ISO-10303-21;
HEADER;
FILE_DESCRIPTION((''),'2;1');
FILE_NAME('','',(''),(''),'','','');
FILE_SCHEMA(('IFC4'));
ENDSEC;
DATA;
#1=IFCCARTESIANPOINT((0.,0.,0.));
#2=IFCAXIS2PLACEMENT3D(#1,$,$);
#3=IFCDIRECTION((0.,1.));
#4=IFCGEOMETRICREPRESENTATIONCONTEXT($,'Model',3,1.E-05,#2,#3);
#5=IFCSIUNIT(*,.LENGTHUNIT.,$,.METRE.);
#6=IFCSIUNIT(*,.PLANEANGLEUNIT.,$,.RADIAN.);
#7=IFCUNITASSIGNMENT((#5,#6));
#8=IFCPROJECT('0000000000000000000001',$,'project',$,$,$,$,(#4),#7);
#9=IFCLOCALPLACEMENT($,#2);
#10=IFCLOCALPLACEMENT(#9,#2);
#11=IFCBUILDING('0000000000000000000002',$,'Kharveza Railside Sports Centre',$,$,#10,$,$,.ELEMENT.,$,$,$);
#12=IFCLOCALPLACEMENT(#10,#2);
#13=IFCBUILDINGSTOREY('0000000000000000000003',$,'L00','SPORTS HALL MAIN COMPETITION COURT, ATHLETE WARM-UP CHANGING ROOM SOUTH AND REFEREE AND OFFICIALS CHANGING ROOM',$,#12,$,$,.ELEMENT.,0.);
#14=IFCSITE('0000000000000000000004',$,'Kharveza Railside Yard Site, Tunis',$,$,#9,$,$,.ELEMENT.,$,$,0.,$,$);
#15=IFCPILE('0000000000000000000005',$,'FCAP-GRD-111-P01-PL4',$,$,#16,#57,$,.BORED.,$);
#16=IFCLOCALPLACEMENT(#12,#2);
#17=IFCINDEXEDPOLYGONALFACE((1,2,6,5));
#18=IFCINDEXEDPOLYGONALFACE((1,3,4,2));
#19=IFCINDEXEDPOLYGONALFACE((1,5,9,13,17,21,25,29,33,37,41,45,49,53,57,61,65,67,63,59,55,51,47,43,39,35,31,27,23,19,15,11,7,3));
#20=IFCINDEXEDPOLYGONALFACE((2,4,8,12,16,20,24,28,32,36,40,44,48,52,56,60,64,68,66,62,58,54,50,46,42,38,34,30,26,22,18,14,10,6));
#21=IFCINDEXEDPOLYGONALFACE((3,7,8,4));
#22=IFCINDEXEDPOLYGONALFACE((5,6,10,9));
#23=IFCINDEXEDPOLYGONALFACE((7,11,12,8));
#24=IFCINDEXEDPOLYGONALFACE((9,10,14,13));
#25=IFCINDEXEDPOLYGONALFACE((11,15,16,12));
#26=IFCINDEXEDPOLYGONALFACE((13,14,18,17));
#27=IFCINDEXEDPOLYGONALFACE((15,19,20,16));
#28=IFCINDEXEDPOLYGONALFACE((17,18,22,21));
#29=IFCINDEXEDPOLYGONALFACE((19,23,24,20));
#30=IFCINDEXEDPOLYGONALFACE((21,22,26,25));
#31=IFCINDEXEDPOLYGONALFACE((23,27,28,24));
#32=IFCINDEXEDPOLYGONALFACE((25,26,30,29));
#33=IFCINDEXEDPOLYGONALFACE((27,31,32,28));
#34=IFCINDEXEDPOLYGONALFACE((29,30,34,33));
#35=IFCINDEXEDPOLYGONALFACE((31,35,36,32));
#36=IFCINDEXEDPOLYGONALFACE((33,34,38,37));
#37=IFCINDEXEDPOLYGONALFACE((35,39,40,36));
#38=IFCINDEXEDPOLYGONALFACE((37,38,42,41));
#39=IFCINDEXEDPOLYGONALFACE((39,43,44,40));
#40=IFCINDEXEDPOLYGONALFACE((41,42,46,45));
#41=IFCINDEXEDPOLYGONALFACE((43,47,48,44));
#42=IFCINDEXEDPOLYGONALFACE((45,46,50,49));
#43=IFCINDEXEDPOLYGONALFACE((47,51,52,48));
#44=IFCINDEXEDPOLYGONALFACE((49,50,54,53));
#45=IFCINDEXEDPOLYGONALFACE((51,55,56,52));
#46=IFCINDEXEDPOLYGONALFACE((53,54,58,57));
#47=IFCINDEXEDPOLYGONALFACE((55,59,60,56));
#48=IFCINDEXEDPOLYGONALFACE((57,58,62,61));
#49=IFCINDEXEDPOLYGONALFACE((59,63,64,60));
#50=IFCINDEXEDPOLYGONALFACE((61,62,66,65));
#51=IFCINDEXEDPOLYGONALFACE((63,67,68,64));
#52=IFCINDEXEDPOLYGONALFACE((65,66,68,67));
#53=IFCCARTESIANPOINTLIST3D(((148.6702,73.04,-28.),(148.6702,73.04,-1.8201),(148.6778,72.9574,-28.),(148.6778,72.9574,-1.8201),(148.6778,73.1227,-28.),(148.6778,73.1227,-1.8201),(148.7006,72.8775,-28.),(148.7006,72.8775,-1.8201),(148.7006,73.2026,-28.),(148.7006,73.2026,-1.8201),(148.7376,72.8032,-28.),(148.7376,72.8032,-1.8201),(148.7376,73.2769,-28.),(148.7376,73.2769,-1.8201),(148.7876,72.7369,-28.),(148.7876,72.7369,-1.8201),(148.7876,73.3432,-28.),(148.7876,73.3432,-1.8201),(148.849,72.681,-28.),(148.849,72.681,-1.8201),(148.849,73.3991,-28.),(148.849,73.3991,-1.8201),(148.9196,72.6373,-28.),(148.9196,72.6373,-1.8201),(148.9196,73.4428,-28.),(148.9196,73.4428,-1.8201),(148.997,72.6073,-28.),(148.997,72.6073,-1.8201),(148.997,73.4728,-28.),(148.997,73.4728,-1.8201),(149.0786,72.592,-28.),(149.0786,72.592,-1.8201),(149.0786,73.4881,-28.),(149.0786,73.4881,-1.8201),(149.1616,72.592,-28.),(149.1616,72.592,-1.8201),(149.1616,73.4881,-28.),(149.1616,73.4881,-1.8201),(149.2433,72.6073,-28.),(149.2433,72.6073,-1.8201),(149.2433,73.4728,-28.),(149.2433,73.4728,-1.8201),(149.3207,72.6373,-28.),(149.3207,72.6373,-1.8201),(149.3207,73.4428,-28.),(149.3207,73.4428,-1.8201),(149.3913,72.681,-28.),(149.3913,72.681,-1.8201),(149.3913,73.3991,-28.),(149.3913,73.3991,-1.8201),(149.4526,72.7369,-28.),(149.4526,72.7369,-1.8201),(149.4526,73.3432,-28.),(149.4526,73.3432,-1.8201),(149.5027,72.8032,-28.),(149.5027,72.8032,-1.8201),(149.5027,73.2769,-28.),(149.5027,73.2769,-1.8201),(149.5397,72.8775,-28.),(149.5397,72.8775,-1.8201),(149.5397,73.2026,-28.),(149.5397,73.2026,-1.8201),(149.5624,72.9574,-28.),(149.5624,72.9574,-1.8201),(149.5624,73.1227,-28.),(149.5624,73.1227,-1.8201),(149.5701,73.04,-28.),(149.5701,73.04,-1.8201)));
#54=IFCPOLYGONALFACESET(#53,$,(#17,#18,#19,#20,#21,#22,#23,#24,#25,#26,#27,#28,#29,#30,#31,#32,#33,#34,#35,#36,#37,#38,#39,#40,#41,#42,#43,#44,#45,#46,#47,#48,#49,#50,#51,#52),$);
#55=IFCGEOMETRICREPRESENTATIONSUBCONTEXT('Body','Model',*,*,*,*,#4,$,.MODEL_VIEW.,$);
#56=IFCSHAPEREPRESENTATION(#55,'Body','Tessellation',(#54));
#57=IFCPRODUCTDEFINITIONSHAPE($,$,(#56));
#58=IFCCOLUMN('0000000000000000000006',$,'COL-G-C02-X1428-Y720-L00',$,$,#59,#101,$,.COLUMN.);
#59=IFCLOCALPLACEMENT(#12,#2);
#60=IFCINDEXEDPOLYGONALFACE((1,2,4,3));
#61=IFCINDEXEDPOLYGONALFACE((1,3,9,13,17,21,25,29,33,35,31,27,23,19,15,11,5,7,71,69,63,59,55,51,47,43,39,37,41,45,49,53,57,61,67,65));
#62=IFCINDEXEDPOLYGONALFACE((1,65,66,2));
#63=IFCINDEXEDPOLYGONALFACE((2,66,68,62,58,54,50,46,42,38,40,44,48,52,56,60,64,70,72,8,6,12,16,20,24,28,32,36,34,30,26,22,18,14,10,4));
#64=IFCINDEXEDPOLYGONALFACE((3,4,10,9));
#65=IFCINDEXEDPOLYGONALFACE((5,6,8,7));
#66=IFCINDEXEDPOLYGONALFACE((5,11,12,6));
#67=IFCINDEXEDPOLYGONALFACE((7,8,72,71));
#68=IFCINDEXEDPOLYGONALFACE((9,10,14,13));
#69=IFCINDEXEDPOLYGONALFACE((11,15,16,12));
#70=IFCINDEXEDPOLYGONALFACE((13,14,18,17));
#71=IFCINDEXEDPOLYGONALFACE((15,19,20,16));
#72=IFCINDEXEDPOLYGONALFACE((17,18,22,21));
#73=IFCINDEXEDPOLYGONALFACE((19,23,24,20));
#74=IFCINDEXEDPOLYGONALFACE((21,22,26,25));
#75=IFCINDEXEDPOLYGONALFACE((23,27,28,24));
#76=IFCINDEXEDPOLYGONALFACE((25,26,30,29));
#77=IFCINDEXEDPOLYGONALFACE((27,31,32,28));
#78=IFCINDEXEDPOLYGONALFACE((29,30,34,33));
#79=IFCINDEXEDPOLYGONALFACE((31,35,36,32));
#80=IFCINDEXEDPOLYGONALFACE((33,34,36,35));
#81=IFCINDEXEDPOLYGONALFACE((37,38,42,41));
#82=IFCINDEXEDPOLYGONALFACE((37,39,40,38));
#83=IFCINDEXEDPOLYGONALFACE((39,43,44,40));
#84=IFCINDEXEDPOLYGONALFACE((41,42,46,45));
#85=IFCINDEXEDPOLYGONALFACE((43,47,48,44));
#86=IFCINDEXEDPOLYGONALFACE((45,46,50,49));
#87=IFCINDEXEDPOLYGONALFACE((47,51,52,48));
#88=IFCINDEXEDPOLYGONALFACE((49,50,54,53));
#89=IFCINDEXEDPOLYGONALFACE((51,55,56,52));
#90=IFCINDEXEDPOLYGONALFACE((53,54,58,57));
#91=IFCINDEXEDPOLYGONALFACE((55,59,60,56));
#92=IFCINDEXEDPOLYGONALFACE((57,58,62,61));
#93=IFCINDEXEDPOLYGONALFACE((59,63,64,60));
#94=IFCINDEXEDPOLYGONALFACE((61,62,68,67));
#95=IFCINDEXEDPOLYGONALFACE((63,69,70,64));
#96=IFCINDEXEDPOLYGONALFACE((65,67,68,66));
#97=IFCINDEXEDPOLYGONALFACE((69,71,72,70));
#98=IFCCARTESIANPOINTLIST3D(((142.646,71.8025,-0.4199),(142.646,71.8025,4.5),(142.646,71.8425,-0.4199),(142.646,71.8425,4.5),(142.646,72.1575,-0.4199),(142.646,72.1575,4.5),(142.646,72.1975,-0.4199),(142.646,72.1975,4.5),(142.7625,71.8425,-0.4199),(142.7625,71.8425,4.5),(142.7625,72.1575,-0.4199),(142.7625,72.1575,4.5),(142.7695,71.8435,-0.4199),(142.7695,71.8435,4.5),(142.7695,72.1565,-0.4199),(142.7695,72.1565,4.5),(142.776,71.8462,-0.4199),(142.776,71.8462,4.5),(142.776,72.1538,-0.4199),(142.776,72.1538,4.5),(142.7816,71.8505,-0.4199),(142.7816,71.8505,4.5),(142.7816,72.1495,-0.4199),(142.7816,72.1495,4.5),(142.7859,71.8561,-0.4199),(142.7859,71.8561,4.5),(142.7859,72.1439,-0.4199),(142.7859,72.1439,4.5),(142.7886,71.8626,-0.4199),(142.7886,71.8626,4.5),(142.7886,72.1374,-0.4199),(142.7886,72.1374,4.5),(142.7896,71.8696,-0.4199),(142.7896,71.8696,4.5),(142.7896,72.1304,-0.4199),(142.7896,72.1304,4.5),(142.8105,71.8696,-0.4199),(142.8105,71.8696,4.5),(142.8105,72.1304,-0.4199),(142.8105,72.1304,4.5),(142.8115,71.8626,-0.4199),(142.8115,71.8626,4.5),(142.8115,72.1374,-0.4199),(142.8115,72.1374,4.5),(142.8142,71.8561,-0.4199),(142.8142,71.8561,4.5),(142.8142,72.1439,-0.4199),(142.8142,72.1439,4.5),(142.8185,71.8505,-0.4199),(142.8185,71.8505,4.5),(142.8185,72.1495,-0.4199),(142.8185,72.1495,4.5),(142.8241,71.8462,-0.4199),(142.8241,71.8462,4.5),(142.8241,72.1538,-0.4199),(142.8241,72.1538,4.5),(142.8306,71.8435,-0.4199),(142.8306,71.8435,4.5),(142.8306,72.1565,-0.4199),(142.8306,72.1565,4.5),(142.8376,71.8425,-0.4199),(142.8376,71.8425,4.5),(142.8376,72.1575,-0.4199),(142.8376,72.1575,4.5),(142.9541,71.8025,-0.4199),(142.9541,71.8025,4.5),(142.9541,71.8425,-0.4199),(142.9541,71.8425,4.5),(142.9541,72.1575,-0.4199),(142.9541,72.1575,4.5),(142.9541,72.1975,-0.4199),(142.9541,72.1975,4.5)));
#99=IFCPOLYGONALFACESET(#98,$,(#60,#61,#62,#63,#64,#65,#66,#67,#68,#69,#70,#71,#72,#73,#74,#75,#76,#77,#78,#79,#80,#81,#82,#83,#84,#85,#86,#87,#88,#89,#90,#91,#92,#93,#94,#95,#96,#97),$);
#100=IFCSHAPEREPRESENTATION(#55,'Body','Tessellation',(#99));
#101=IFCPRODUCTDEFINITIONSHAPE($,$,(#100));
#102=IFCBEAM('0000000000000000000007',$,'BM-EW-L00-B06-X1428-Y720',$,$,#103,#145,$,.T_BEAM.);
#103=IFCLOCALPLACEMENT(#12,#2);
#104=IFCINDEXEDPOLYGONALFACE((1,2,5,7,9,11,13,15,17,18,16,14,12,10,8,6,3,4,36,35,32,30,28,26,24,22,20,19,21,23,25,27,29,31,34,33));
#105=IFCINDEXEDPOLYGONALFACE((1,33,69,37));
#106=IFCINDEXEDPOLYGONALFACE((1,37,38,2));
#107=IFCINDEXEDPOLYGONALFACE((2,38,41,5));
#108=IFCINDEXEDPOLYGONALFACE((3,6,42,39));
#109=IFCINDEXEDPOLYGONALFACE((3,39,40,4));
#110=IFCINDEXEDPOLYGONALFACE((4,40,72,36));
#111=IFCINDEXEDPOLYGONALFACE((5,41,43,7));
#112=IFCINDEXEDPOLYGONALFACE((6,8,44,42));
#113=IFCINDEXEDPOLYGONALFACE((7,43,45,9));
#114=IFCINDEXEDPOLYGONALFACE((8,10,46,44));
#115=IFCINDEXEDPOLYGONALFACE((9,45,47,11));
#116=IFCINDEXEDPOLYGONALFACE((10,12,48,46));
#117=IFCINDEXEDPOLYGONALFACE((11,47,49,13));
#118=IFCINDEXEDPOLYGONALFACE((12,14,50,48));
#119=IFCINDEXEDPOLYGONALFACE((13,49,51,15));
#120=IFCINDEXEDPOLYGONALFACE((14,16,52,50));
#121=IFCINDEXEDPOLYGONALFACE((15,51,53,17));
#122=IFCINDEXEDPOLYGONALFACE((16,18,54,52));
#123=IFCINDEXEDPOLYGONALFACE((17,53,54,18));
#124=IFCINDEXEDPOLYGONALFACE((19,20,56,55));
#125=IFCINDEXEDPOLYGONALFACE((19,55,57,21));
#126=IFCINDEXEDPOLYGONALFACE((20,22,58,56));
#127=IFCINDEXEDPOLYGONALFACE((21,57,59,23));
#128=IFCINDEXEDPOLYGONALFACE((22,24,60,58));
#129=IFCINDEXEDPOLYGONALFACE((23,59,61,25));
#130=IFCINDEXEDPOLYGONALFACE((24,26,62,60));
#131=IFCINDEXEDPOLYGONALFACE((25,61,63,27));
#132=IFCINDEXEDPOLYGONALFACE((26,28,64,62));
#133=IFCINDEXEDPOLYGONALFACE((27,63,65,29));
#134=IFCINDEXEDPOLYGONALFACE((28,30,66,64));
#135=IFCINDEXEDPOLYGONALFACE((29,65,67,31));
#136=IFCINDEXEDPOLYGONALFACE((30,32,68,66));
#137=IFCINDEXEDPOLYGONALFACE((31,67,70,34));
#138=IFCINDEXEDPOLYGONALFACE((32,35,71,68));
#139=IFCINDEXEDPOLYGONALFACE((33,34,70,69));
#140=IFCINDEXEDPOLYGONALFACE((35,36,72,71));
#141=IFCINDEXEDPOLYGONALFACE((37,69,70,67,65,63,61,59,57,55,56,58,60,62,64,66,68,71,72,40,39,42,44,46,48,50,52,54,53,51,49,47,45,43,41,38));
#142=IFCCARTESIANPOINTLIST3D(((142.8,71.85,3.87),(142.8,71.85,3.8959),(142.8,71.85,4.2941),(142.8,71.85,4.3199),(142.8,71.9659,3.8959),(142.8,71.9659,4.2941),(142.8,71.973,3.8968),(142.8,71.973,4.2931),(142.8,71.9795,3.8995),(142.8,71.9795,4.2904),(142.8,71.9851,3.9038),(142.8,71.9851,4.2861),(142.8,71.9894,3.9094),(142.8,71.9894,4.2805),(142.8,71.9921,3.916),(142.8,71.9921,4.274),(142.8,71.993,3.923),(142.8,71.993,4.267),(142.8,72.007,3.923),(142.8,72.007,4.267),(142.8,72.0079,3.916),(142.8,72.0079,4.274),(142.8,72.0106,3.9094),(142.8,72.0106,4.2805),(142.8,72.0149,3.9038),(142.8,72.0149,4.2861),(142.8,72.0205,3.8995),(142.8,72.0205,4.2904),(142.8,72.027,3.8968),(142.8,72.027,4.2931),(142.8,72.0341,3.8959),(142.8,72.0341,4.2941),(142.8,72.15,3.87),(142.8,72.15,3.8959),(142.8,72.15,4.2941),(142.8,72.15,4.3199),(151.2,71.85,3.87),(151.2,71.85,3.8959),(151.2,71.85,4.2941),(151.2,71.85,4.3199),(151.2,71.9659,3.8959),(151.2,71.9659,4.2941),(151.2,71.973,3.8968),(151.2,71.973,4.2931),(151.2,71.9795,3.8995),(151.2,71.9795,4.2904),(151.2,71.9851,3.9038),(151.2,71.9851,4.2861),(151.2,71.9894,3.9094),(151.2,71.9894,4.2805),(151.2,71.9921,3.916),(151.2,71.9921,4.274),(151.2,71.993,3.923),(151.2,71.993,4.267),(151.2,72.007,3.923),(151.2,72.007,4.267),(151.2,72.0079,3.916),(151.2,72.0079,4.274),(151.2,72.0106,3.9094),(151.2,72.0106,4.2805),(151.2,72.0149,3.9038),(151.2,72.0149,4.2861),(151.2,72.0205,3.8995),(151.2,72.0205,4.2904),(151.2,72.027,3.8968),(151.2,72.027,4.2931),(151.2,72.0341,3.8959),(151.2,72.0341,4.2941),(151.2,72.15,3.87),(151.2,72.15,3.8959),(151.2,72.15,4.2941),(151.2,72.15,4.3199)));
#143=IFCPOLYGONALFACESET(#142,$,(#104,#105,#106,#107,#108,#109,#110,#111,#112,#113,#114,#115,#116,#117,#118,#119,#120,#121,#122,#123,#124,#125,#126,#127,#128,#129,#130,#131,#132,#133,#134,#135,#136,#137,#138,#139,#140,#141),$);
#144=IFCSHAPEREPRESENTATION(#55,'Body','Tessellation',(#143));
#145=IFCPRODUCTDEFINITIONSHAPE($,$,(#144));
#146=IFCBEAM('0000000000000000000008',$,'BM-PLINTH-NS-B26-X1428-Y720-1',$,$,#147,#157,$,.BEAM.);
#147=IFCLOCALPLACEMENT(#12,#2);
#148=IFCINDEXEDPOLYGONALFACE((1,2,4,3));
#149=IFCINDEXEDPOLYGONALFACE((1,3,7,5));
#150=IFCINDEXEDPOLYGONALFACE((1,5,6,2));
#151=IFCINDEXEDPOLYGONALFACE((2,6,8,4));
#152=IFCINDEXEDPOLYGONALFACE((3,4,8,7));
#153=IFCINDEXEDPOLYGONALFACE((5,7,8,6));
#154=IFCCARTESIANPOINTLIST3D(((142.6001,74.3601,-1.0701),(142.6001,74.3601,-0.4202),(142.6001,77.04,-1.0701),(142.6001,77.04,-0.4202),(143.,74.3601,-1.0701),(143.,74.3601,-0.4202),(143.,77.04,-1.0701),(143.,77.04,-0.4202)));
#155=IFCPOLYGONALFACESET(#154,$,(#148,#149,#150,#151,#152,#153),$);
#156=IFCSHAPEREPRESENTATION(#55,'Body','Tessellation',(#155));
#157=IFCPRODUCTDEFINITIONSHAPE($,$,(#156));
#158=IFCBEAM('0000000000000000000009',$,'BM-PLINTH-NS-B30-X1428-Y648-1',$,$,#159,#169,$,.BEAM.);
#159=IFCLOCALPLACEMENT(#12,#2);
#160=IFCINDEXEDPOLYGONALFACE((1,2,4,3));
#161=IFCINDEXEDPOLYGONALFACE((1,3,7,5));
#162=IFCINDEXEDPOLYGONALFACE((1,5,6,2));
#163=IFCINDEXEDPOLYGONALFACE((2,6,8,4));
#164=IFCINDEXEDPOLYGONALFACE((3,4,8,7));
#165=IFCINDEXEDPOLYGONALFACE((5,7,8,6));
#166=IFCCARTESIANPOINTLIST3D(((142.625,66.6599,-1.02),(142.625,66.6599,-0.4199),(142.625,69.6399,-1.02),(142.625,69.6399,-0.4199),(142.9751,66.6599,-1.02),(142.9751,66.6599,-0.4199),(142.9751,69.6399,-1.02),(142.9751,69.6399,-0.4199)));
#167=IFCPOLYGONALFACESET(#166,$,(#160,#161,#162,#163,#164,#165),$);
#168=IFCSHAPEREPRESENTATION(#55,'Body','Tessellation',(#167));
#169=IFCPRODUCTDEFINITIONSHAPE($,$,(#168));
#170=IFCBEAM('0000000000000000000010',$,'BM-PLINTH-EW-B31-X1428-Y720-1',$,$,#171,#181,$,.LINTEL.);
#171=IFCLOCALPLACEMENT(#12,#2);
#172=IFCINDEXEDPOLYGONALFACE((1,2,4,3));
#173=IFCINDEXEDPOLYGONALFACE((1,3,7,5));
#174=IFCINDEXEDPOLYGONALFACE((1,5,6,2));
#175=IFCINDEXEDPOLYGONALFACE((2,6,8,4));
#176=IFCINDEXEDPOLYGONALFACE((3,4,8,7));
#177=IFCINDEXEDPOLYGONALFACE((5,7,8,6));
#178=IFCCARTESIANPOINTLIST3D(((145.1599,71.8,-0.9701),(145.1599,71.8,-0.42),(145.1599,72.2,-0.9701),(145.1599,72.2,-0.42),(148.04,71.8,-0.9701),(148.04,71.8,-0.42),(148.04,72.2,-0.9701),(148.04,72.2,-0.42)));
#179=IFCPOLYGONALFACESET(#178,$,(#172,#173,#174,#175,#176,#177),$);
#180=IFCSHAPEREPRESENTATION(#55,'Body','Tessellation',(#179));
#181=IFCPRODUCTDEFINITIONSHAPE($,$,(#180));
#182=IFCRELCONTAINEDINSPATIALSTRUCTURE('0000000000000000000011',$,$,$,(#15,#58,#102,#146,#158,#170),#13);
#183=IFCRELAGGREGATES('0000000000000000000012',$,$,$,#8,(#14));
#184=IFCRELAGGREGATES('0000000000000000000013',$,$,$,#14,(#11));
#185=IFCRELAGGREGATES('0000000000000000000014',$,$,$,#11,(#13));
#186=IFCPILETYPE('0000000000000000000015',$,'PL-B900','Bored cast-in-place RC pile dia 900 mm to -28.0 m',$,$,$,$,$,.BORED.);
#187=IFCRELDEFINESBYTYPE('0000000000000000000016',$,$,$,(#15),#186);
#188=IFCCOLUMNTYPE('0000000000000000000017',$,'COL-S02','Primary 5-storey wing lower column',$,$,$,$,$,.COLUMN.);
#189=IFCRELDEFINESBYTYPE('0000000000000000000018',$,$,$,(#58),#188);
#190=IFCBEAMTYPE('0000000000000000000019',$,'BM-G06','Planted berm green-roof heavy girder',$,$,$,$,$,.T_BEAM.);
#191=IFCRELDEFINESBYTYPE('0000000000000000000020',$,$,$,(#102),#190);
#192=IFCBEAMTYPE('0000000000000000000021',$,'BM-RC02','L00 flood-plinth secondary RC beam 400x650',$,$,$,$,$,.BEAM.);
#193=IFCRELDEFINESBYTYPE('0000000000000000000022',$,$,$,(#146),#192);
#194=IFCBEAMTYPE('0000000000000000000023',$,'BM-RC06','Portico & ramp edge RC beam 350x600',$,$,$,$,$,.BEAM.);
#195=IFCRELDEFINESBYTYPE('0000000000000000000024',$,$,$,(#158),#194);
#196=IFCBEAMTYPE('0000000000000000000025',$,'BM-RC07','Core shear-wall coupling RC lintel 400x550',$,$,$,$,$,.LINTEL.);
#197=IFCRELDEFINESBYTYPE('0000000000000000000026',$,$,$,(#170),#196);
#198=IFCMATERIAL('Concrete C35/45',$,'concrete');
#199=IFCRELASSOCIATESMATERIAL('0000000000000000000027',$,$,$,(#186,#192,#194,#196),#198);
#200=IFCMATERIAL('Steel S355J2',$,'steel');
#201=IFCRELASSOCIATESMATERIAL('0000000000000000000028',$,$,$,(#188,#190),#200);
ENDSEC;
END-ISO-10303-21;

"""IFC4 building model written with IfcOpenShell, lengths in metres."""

from ifc_helpers import new_model, si_unit, direction, frame, origin, origin_2d, place, context, subcontext, project, spatial, rectangle, circle, i_section, extrude, material, material_profile, profile_set, type_object, element, save


model = new_model("IFC4")

# Units and contexts
model_context = context("Model", 3, precision=1e-05, world=origin(), true_north=direction((0.0, 1.0)))
body_context = subcontext(model_context, "Body", "Model", "MODEL_VIEW")
ifc_project = project(units=[si_unit("LENGTHUNIT", "METRE"), si_unit("PLANEANGLEUNIT", "RADIAN")], contexts=[model_context])

# Site, building, storey
site_placement = place(None, origin())
site = spatial("IfcSite", under=ifc_project, at=site_placement, Name="Kharveza Railside Yard Site, Tunis", CompositionType="ELEMENT", RefElevation=0.0)
building_placement = place(site_placement, origin())
building = spatial("IfcBuilding", under=site, at=building_placement, Name="Kharveza Railside Sports Centre", CompositionType="ELEMENT")
storey_placement = place(building_placement, origin())
storey = spatial("IfcBuildingStorey", under=building, at=storey_placement, Name="L00", Description="SPORTS HALL MAIN COMPETITION COURT, ATHLETE WARM-UP CHANGING ROOM SOUTH AND REFEREE AND OFFICIALS CHANGING ROOM", CompositionType="ELEMENT", Elevation=0.0)

# Shared definitions
ifc_material_1 = material(Name="Concrete C35/45", Category="concrete")

# Pile
ifc_material_profile_1 = material_profile(ifc_material_1, circle(Radius=0.45, at=origin_2d()), Name="PILE D900")
ifc_profile_set_1 = profile_set([ifc_material_profile_1], Name="Concrete C35/45")
pile_type_1 = type_object("IfcPileType", Name="PL-B900", Description="Bored cast-in-place RC pile dia 900 mm to -28.0 m", PredefinedType="BORED", material=ifc_profile_set_1)
for number, where, z_axis, x_axis, name in (
    (1, (149.1201, 73.04, -1.8201), (0.0, 0.0, -1.0), (1.0, 0.0, 0.0), "FCAP-GRD-111-P01-PL4"),
):
    element("IfcPile", number, at=place(storey_placement, frame(where, z_axis=z_axis, x_axis=x_axis)), inside=storey, type_object=pile_type_1, Name=name, PredefinedType="BORED", context=body_context, shape_type="SweptSolid", body=[
        extrude(circle(Radius=0.45, at=origin_2d()), origin(), (0.0, 0.0, 1.0), 26.1799),
    ])

# Column
ifc_material_2 = material(Name="Steel S355J2", Category="steel")
ifc_material_profile_2 = material_profile(ifc_material_2, i_section(OverallWidth=0.3081, OverallDepth=0.395, WebThickness=0.021, FlangeThickness=0.04, FilletRadius=0.0271, at=origin_2d()), Name="HEM 360")
ifc_profile_set_2 = profile_set([ifc_material_profile_2], Name="Steel S355J2")
column_type = type_object("IfcColumnType", Name="COL-S02", Description="Primary 5-storey wing lower column", PredefinedType="COLUMN", material=ifc_profile_set_2)
column_placement = place(storey_placement, frame((142.8, 72.0, -0.4199), z_axis=(0.0, 0.0, 1.0), x_axis=(1.0, 0.0, 0.0)))
element("IfcColumn", 2, at=column_placement, inside=storey, type_object=column_type, Name="COL-G-C02-X1428-Y720-L00", PredefinedType="COLUMN", context=body_context, shape_type="SweptSolid", body=[
    extrude(i_section(OverallWidth=0.3081, OverallDepth=0.395, WebThickness=0.021, FlangeThickness=0.04, FilletRadius=0.0271, at=origin_2d()), origin(), (0.0, 0.0, 1.0), 4.9199),
])

# Beams
ifc_material_profile_3 = material_profile(ifc_material_2, i_section(OverallWidth=0.3, OverallDepth=0.45, WebThickness=0.0139, FlangeThickness=0.0259, FilletRadius=0.0271, at=origin_2d()), Name="HEB 450")
ifc_profile_set_3 = profile_set([ifc_material_profile_3], Name="Steel S355J2")
beam_type_1 = type_object("IfcBeamType", Name="BM-G06", Description="Planted berm green-roof heavy girder", PredefinedType="T_BEAM", material=ifc_profile_set_3)
beam_1_placement = place(storey_placement, frame((142.8, 72.0, 4.095), z_axis=(1.0, 0.0, 0.0), x_axis=(0.0, 1.0, 0.0)))
element("IfcBeam", 3, at=beam_1_placement, inside=storey, type_object=beam_type_1, Name="BM-EW-L00-B06-X1428-Y720", PredefinedType="T_BEAM", context=body_context, shape_type="SweptSolid", body=[
    extrude(i_section(OverallWidth=0.3, OverallDepth=0.45, WebThickness=0.0139, FlangeThickness=0.0259, FilletRadius=0.0271, at=origin_2d()), origin(), (0.0, 0.0, 1.0), 8.3999),
])
ifc_material_profile_4 = material_profile(ifc_material_1, rectangle(XDim=0.3999, YDim=0.6499, at=origin_2d()), Name="RCB 400x650")
ifc_profile_set_4 = profile_set([ifc_material_profile_4], Name="Concrete C35/45")
beam_type_2 = type_object("IfcBeamType", Name="BM-RC02", Description="L00 flood-plinth secondary RC beam 400x650", PredefinedType="BEAM", material=ifc_profile_set_4)
beam_2_placement = place(storey_placement, frame((142.8, 74.3601, -0.7451), z_axis=(0.0, 1.0, 0.0), x_axis=(-1.0, 0.0, 0.0)))
element("IfcBeam", 4, at=beam_2_placement, inside=storey, type_object=beam_type_2, Name="BM-PLINTH-NS-B26-X1428-Y720-1", PredefinedType="BEAM", context=body_context, shape_type="SweptSolid", body=[
    extrude(rectangle(XDim=0.3999, YDim=0.6499, at=origin_2d()), origin(), (0.0, 0.0, 1.0), 2.6799),
])
ifc_material_profile_5 = material_profile(ifc_material_1, rectangle(XDim=0.3501, YDim=0.6001, at=origin_2d()), Name="RCB 350x600")
ifc_profile_set_5 = profile_set([ifc_material_profile_5], Name="Concrete C35/45")
beam_type_3 = type_object("IfcBeamType", Name="BM-RC06", Description="Portico & ramp edge RC beam 350x600", PredefinedType="BEAM", material=ifc_profile_set_5)
beam_3_placement = place(storey_placement, frame((142.8, 66.6599, -0.72), z_axis=(0.0, 1.0, 0.0), x_axis=(-1.0, 0.0, 0.0)))
element("IfcBeam", 5, at=beam_3_placement, inside=storey, type_object=beam_type_3, Name="BM-PLINTH-NS-B30-X1428-Y648-1", PredefinedType="BEAM", context=body_context, shape_type="SweptSolid", body=[
    extrude(rectangle(XDim=0.3501, YDim=0.6001, at=origin_2d()), origin(), (0.0, 0.0, 1.0), 2.98),
])
ifc_material_profile_6 = material_profile(ifc_material_1, rectangle(XDim=0.3999, YDim=0.55, at=origin_2d()), Name="RCB 400x550")
ifc_profile_set_6 = profile_set([ifc_material_profile_6], Name="Concrete C35/45")
beam_type_4 = type_object("IfcBeamType", Name="BM-RC07", Description="Core shear-wall coupling RC lintel 400x550", PredefinedType="LINTEL", material=ifc_profile_set_6)
beam_4_placement = place(storey_placement, frame((145.1599, 72.0, -0.6951), z_axis=(1.0, 0.0, 0.0), x_axis=(0.0, 1.0, 0.0)))
element("IfcBeam", 6, at=beam_4_placement, inside=storey, type_object=beam_type_4, Name="BM-PLINTH-EW-B31-X1428-Y720-1", PredefinedType="LINTEL", context=body_context, shape_type="SweptSolid", body=[
    extrude(rectangle(XDim=0.3999, YDim=0.55, at=origin_2d()), origin(), (0.0, 0.0, 1.0), 2.8801),
])

save(model, "model.ifc")
